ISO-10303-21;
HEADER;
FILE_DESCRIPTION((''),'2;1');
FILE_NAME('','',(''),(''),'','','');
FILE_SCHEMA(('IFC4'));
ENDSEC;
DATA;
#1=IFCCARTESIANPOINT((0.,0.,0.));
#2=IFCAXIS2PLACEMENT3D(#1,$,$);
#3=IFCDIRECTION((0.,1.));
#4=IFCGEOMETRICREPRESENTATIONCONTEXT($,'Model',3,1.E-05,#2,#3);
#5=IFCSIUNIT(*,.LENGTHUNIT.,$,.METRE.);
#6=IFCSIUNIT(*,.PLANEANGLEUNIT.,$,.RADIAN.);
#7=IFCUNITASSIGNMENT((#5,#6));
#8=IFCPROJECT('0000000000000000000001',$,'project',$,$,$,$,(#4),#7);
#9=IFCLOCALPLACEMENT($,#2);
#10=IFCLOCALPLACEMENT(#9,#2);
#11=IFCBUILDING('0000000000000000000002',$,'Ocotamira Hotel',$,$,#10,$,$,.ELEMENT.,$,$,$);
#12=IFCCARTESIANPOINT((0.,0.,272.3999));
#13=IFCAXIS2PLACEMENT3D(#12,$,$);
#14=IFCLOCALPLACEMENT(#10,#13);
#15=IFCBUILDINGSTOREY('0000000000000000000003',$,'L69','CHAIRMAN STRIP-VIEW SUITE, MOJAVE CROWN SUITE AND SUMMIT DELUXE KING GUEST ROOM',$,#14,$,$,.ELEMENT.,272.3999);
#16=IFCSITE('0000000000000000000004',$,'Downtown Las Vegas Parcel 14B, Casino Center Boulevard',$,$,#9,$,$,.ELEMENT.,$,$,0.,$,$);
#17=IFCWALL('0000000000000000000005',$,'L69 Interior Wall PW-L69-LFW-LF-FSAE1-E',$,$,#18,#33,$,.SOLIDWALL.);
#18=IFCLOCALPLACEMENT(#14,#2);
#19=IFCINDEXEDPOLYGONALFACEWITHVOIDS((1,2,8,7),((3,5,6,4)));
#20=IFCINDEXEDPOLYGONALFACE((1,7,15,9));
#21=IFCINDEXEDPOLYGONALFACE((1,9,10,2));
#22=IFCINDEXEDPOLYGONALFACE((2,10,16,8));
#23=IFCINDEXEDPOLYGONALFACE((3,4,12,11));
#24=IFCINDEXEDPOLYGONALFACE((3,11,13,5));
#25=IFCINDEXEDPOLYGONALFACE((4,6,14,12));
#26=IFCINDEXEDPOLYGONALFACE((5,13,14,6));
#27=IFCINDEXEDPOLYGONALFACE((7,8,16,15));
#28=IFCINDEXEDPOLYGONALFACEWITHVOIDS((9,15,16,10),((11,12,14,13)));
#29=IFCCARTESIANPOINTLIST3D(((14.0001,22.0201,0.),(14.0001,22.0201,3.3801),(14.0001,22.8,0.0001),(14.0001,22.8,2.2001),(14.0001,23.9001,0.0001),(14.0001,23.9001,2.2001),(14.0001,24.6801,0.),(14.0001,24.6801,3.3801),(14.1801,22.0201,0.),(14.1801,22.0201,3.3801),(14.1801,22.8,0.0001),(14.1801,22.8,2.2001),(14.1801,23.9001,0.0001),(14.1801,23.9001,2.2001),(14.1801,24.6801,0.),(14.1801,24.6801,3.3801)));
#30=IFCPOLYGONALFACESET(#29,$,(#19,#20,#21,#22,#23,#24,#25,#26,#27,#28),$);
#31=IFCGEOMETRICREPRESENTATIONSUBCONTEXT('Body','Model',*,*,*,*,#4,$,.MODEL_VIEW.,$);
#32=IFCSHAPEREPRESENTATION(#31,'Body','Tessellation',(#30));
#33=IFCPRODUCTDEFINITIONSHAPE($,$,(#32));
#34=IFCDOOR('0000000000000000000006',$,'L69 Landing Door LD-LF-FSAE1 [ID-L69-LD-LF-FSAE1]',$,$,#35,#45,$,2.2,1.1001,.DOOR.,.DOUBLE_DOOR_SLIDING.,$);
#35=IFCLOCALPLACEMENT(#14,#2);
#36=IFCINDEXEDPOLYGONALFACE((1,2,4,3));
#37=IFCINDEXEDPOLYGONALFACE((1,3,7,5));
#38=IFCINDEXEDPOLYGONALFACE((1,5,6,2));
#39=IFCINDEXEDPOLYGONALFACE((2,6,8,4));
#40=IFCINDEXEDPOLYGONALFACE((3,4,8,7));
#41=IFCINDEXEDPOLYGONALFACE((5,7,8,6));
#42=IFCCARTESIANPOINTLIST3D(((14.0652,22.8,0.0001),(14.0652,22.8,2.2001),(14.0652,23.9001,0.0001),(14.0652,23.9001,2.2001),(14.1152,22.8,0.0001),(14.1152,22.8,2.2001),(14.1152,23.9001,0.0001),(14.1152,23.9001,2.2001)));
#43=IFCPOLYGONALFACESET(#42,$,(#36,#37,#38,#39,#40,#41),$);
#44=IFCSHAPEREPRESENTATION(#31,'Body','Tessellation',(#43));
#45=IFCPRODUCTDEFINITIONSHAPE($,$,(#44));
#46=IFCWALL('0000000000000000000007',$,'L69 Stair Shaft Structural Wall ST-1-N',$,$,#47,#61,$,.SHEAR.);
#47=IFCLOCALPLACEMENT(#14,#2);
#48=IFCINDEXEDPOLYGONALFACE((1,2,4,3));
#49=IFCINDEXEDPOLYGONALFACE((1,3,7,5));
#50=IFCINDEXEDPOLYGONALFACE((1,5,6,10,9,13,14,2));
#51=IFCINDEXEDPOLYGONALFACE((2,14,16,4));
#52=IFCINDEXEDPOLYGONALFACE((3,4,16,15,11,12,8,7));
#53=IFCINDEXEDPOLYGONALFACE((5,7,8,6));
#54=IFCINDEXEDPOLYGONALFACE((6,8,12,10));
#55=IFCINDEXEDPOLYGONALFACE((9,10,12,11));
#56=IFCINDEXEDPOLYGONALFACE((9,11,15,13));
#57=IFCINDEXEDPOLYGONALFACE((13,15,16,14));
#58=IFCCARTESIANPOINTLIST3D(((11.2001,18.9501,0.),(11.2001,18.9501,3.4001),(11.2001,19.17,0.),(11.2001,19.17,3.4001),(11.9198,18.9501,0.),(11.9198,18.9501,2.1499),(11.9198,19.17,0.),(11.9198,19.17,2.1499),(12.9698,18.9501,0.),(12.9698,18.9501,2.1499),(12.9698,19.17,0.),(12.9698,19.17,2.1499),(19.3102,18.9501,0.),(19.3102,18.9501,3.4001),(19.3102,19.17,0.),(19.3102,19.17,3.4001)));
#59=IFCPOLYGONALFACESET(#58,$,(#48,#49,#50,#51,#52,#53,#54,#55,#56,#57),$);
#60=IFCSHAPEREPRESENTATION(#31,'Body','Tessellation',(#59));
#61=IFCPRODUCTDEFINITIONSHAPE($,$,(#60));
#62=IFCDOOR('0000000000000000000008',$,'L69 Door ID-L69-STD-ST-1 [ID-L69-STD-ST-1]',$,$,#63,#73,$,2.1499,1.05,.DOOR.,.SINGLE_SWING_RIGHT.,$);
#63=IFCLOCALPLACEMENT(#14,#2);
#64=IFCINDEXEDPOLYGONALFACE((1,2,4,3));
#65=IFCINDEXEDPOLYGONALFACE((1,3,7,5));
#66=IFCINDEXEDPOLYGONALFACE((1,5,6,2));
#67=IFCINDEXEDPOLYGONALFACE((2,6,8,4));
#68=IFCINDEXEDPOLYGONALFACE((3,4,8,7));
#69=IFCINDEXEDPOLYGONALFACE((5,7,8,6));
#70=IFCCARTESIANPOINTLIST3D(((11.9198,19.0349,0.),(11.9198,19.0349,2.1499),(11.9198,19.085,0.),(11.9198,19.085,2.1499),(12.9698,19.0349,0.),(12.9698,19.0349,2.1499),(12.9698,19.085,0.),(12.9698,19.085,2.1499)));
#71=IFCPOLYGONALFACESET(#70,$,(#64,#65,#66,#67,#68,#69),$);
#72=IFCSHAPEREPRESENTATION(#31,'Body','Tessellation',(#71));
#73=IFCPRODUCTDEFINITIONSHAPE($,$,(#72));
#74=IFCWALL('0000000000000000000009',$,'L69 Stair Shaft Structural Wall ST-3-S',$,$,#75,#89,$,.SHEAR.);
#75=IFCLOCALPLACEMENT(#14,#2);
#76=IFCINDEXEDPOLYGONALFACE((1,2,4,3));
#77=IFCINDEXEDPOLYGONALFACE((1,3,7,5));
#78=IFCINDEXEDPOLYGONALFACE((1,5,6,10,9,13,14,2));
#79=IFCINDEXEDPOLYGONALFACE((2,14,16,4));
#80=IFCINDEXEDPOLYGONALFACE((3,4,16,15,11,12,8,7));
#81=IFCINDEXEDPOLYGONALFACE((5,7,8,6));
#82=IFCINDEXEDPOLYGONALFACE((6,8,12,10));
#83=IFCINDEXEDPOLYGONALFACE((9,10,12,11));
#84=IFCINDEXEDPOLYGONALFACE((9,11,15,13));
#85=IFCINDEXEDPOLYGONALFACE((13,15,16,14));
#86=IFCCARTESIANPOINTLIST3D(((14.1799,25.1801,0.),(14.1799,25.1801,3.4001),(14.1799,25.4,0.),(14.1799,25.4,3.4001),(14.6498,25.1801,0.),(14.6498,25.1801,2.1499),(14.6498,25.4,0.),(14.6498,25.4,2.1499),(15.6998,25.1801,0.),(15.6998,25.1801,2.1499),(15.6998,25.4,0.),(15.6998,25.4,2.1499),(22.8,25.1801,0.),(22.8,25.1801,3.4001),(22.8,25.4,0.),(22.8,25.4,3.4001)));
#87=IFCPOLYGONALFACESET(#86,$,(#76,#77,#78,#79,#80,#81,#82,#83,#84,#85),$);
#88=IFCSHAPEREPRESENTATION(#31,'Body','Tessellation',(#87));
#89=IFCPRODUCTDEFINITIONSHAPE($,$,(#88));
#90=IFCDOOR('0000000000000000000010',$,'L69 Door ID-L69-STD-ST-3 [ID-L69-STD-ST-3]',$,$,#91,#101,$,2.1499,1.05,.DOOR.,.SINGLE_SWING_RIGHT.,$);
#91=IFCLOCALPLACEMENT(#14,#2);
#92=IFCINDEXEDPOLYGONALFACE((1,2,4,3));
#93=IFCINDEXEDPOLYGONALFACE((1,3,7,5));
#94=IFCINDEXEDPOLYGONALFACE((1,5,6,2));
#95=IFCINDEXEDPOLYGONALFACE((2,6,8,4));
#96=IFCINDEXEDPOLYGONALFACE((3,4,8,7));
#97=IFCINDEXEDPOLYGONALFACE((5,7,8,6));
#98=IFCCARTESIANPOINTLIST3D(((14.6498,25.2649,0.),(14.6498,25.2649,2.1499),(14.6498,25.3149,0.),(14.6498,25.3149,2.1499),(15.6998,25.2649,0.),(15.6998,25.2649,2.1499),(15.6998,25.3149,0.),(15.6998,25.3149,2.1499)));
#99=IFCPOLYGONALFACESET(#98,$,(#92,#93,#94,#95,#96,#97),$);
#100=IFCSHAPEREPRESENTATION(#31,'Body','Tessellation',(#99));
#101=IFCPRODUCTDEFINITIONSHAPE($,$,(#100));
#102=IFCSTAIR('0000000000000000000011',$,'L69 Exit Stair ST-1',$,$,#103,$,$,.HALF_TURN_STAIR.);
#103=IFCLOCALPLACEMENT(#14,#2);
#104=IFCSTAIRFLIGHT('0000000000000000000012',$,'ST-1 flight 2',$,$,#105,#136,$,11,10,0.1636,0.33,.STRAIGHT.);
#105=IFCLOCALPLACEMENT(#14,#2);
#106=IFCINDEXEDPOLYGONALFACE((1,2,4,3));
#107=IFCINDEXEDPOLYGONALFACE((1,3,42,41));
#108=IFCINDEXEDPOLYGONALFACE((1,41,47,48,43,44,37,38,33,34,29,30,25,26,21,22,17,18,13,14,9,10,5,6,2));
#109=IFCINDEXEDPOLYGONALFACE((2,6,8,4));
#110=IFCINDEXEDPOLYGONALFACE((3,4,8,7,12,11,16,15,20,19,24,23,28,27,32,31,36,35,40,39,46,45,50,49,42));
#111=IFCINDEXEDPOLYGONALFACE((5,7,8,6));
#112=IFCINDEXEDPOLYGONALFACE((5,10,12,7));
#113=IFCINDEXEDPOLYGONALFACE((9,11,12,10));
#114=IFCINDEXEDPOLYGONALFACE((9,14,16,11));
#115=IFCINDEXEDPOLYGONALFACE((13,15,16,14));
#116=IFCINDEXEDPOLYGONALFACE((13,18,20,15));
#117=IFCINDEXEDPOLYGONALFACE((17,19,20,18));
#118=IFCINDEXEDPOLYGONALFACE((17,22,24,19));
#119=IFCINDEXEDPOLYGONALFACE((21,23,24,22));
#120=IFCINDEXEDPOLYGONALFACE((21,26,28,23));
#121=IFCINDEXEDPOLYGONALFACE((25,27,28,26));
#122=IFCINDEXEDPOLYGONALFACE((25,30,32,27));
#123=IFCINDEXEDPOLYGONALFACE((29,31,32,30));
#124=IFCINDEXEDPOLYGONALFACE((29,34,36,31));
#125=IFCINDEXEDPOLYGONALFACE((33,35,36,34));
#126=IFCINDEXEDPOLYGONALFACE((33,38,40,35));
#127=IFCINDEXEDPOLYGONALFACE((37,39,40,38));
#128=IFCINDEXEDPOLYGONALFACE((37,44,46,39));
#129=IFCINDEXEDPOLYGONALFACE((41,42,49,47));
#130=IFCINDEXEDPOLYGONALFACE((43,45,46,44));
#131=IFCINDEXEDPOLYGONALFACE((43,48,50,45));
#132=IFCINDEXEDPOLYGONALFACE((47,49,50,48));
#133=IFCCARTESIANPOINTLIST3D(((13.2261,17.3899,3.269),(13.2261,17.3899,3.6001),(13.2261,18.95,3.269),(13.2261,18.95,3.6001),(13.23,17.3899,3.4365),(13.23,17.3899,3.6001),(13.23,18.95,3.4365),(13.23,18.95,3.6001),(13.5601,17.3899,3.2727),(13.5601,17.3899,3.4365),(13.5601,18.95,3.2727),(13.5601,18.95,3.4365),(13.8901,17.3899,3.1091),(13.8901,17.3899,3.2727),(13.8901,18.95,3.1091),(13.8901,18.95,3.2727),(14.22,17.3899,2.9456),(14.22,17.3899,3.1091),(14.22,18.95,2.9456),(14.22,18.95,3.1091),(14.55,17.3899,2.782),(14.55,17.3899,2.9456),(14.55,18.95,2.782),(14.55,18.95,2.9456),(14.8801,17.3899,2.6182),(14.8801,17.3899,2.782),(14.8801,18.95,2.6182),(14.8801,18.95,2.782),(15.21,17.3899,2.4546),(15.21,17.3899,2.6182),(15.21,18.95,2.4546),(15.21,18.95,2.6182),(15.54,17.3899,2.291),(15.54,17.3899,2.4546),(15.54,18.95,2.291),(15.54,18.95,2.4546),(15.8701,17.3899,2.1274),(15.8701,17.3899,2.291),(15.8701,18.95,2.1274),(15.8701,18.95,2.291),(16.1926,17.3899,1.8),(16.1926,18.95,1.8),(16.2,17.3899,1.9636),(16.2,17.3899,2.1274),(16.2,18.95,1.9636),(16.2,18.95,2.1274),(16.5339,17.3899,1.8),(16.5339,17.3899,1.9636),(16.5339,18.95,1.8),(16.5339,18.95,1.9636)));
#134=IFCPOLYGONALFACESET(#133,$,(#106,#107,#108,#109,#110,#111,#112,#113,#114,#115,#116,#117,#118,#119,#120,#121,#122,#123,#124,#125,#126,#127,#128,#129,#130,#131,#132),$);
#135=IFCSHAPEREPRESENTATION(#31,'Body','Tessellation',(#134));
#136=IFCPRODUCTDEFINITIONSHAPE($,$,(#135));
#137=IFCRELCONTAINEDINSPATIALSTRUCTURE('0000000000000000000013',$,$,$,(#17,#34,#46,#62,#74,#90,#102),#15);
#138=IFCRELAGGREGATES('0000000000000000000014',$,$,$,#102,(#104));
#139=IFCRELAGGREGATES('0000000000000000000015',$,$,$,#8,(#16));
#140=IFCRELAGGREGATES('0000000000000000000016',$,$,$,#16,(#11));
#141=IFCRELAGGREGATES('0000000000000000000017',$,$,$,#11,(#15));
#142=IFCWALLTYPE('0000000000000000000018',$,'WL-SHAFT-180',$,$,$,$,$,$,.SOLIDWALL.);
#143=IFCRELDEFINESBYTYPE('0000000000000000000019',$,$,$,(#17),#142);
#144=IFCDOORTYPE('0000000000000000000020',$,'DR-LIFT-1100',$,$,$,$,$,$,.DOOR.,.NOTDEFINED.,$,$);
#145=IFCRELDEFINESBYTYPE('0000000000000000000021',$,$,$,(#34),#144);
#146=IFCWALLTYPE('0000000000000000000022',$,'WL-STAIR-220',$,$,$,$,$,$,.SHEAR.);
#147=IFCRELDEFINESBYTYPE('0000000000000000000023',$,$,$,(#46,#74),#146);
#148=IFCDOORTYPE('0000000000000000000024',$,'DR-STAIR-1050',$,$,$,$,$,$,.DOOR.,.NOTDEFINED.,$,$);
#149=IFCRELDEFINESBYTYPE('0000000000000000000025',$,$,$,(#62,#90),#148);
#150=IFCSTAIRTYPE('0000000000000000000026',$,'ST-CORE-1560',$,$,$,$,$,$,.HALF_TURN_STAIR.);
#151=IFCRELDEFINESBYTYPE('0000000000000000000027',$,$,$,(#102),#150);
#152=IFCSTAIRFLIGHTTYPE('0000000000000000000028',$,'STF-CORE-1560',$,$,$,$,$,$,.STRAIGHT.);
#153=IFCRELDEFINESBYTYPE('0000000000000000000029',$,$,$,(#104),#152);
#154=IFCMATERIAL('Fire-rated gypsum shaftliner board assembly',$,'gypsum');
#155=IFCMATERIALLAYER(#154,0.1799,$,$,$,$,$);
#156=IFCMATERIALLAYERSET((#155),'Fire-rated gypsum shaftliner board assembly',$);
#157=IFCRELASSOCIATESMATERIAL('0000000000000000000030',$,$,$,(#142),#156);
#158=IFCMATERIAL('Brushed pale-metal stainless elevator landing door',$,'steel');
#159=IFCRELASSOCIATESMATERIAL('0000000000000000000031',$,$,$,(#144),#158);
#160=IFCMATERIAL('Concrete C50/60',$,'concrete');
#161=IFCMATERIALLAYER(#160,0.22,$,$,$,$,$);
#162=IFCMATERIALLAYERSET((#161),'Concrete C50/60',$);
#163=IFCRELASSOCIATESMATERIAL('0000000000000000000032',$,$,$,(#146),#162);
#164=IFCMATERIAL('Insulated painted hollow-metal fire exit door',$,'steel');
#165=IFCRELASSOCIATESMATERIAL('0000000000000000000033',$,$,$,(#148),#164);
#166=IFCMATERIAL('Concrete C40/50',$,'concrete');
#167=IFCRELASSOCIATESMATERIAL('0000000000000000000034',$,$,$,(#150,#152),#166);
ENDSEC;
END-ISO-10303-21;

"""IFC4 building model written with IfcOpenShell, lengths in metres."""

from ifc_helpers import new_model, si_unit, direction, frame, frame_2d, origin, place, context, subcontext, project, spatial, polyline, rectangle, outline, extrude, source, transform, mapped, material, layer, layer_set, type_object, element, fill, aggregate, save


model = new_model("IFC4")

# Units and contexts
model_context = context("Model", 3, precision=1e-05, world=origin(), true_north=direction((0.0, 1.0)))
body_context = subcontext(model_context, "Body", "Model", "MODEL_VIEW")
ifc_project = project(units=[si_unit("LENGTHUNIT", "METRE"), si_unit("PLANEANGLEUNIT", "RADIAN")], contexts=[model_context])

# Site, building, storey
site_placement = place(None, origin())
site = spatial("IfcSite", under=ifc_project, at=site_placement, Name="Downtown Las Vegas Parcel 14B, Casino Center Boulevard", CompositionType="ELEMENT", RefElevation=0.0)
building_placement = place(site_placement, origin())
building = spatial("IfcBuilding", under=site, at=building_placement, Name="Ocotamira Hotel", CompositionType="ELEMENT")
storey_placement = place(building_placement, frame((0.0, 0.0, 272.3999)))
storey = spatial("IfcBuildingStorey", under=building, at=storey_placement, Name="L69", Description="CHAIRMAN STRIP-VIEW SUITE, MOJAVE CROWN SUITE AND SUMMIT DELUXE KING GUEST ROOM", CompositionType="ELEMENT", Elevation=272.3999)

# Shared definitions
ifc_material_1 = material(Name="Concrete C50/60", Category="concrete")

# Shared definitions
ifc_material_2 = material(Name="Fire-rated gypsum shaftliner board assembly", Category="gypsum")
ifc_layer_1 = layer(ifc_material_2, 0.1799)
ifc_layer_set_1 = layer_set([ifc_layer_1], Name="Fire-rated gypsum shaftliner board assembly")
wall_type_1 = type_object("IfcWallType", Name="WL-SHAFT-180", PredefinedType="SOLIDWALL", material=ifc_layer_set_1)

# Walls, openings, doors
wall_1_placement = place(storey_placement, frame((14.0901, 22.02, 0.0), z_axis=(0.0, 0.0, 1.0), x_axis=(0.0, 1.0, 0.0)))
wall_1 = element("IfcWall", 1, at=wall_1_placement, inside=storey, type_object=wall_type_1, Name="L69 Interior Wall PW-L69-LFW-LF-FSAE1-E", PredefinedType="SOLIDWALL", context=body_context, shape_type="SweptSolid", body=[
    extrude(rectangle(XDim=2.6599, YDim=0.1799, at=frame_2d((1.3301, 0.0))), origin(), (0.0, 0.0, 1.0), 3.3801),
])
opening_1_placement = place(wall_1_placement, frame((0.78, 0.0, 0.0)))
opening_1 = element("IfcOpeningElement", 2, at=opening_1_placement, cuts=wall_1, PredefinedType="OPENING", context=body_context, shape_type="SweptSolid", body=[
    extrude(rectangle(XDim=1.1001, YDim=2.2, at=frame_2d((0.55, 1.1001))), frame((0.0, 0.1001, 0.0), z_axis=(0.0, -1.0, 0.0), x_axis=(1.0, 0.0, 0.0)), (0.0, 0.0, 1.0), 0.2),
])
ifc_material_3 = material(Name="Brushed pale-metal stainless elevator landing door", Category="steel")
door_type_1 = type_object("IfcDoorType", Name="DR-LIFT-1100", OperationType="NOTDEFINED", PredefinedType="DOOR", material=ifc_material_3)
shared_shape_1 = source(origin(), body_context, "Body", "SweptSolid", [
    extrude(rectangle(XDim=1.1001, YDim=2.2, at=frame_2d((0.55, 1.1001))), frame((0.0, 0.0249, 0.0), z_axis=(0.0, -1.0, 0.0), x_axis=(1.0, 0.0, 0.0)), (0.0, 0.0, 1.0), 0.05),
])
door_1_placement = place(opening_1_placement, origin())
door_1 = element("IfcDoor", 3, at=door_1_placement, inside=storey, type_object=door_type_1, Name="L69 Landing Door LD-LF-FSAE1 [ID-L69-LD-LF-FSAE1]", OperationType="DOUBLE_DOOR_SLIDING", OverallHeight=2.2, OverallWidth=1.1001, PredefinedType="DOOR", context=body_context, shape_type="MappedRepresentation", body=[
    mapped(shared_shape_1, transform((0.0, 0.0, 0.0), scale=1.0)),
])
fill(opening_1, door_1)
ifc_layer_2 = layer(ifc_material_1, 0.22)
ifc_layer_set_2 = layer_set([ifc_layer_2], Name="Concrete C50/60")
wall_type_2 = type_object("IfcWallType", Name="WL-STAIR-220", PredefinedType="SHEAR", material=ifc_layer_set_2)
wall_2_placement = place(storey_placement, frame((11.2, 19.0601, 0.0), z_axis=(0.0, 0.0, 1.0), x_axis=(1.0, 0.0, 0.0)))
wall_2 = element("IfcWall", 4, at=wall_2_placement, inside=storey, type_object=wall_type_2, Name="L69 Stair Shaft Structural Wall ST-1-N", PredefinedType="SHEAR", context=body_context, shape_type="SweptSolid", body=[
    extrude(rectangle(XDim=8.1101, YDim=0.22, at=frame_2d((4.0552, 0.0))), origin(), (0.0, 0.0, 1.0), 3.4001),
])
opening_2_placement = place(wall_2_placement, frame((0.72, 0.0, 0.0)))
opening_2 = element("IfcOpeningElement", 5, at=opening_2_placement, cuts=wall_2, PredefinedType="OPENING", context=body_context, shape_type="SweptSolid", body=[
    extrude(rectangle(XDim=1.05, YDim=2.1499, at=frame_2d((0.5249, 1.075))), frame((0.0, 0.1201, 0.0), z_axis=(0.0, -1.0, 0.0), x_axis=(1.0, 0.0, 0.0)), (0.0, 0.0, 1.0), 0.24),
])
ifc_material_4 = material(Name="Insulated painted hollow-metal fire exit door", Category="steel")
door_type_2 = type_object("IfcDoorType", Name="DR-STAIR-1050", OperationType="NOTDEFINED", PredefinedType="DOOR", material=ifc_material_4)
shared_shape_2 = source(origin(), body_context, "Body", "SweptSolid", [
    extrude(rectangle(XDim=1.05, YDim=2.1499, at=frame_2d((0.5249, 1.075))), frame((0.0, 0.0249, 0.0), z_axis=(0.0, -1.0, 0.0), x_axis=(1.0, 0.0, 0.0)), (0.0, 0.0, 1.0), 0.05),
])
door_2_placement = place(opening_2_placement, origin())
door_2 = element("IfcDoor", 6, at=door_2_placement, inside=storey, type_object=door_type_2, Name="L69 Door ID-L69-STD-ST-1 [ID-L69-STD-ST-1]", OperationType="SINGLE_SWING_RIGHT", OverallHeight=2.1499, OverallWidth=1.05, PredefinedType="DOOR", context=body_context, shape_type="MappedRepresentation", body=[
    mapped(shared_shape_2, transform((0.0, 0.0, 0.0), scale=1.0)),
])
fill(opening_2, door_2)
wall_3_placement = place(storey_placement, frame((14.1799, 25.29, 0.0), z_axis=(0.0, 0.0, 1.0), x_axis=(1.0, 0.0, 0.0)))
wall_3 = element("IfcWall", 7, at=wall_3_placement, inside=storey, type_object=wall_type_2, Name="L69 Stair Shaft Structural Wall ST-3-S", PredefinedType="SHEAR", context=body_context, shape_type="SweptSolid", body=[
    extrude(rectangle(XDim=8.6201, YDim=0.22, at=frame_2d((4.3101, 0.0))), origin(), (0.0, 0.0, 1.0), 3.4001),
])
opening_3_placement = place(wall_3_placement, frame((0.47, 0.0, 0.0)))
opening_3 = element("IfcOpeningElement", 8, at=opening_3_placement, cuts=wall_3, PredefinedType="OPENING", context=body_context, shape_type="SweptSolid", body=[
    extrude(rectangle(XDim=1.05, YDim=2.1499, at=frame_2d((0.5249, 1.075))), frame((0.0, 0.1201, 0.0), z_axis=(0.0, -1.0, 0.0), x_axis=(1.0, 0.0, 0.0)), (0.0, 0.0, 1.0), 0.24),
])
door_3_placement = place(opening_3_placement, origin())
door_3 = element("IfcDoor", 9, at=door_3_placement, inside=storey, type_object=door_type_2, Name="L69 Door ID-L69-STD-ST-3 [ID-L69-STD-ST-3]", OperationType="SINGLE_SWING_RIGHT", OverallHeight=2.1499, OverallWidth=1.05, PredefinedType="DOOR", context=body_context, shape_type="MappedRepresentation", body=[
    mapped(shared_shape_2, transform((0.0, 0.0, 0.0), scale=1.0)),
])
fill(opening_3, door_3)

# Stair, stair flight
ifc_material_5 = material(Name="Concrete C40/50", Category="concrete")
stair_type = type_object("IfcStairType", Name="ST-CORE-1560", PredefinedType="HALF_TURN_STAIR", material=ifc_material_5)
stair_placement = place(storey_placement, origin())
stair = element("IfcStair", 10, at=stair_placement, inside=storey, type_object=stair_type, Name="L69 Exit Stair ST-1", PredefinedType="HALF_TURN_STAIR")
stair_flight_type = type_object("IfcStairFlightType", Name="STF-CORE-1560", PredefinedType="STRAIGHT", material=ifc_material_5)
shared_shape_3 = source(origin(), body_context, "Body", "SweptSolid", [
    extrude(outline(polyline([(-0.0039, 0.0), (-0.0039, 0.1636), (0.3301, 0.1636), (0.3301, 0.3274), (0.6599, 0.3274), (0.6599, 0.491), (0.99, 0.491), (0.99, 0.6545), (1.3201, 0.6545), (1.3201, 0.8181), (1.6499, 0.8181), (1.6499, 0.9819), (1.98, 0.9819), (1.98, 1.1455), (2.3101, 1.1455), (2.3101, 1.3091), (2.6399, 1.3091), (2.6399, 1.4727), (2.97, 1.4727), (2.97, 1.6365), (3.3, 1.6365), (3.3, 1.8), (3.304, 1.8), (3.304, 1.469), (0.3374, 0.0), (-0.0039, 0.0)])), frame((0.0, 0.78, 0.0), z_axis=(0.0, -1.0, 0.0), x_axis=(1.0, 0.0, 0.0)), (0.0, 0.0, 1.0), 1.5601),
])
stair_flight_placement = place(storey_placement, frame((16.53, 18.1699, 1.8), z_axis=(0.0, 0.0, 1.0), x_axis=(-1.0, 0.0, 0.0)))
stair_flight = element("IfcStairFlight", 11, at=stair_flight_placement, type_object=stair_flight_type, Name="ST-1 flight 2", NumberOfRisers=11, NumberOfTreads=10, PredefinedType="STRAIGHT", RiserHeight=0.1636, TreadLength=0.33, context=body_context, shape_type="MappedRepresentation", body=[
    mapped(shared_shape_3, transform((0.0, 0.0, 0.0), scale=1.0)),
])
aggregate(stair, [stair_flight])

save(model, "model.ifc")
